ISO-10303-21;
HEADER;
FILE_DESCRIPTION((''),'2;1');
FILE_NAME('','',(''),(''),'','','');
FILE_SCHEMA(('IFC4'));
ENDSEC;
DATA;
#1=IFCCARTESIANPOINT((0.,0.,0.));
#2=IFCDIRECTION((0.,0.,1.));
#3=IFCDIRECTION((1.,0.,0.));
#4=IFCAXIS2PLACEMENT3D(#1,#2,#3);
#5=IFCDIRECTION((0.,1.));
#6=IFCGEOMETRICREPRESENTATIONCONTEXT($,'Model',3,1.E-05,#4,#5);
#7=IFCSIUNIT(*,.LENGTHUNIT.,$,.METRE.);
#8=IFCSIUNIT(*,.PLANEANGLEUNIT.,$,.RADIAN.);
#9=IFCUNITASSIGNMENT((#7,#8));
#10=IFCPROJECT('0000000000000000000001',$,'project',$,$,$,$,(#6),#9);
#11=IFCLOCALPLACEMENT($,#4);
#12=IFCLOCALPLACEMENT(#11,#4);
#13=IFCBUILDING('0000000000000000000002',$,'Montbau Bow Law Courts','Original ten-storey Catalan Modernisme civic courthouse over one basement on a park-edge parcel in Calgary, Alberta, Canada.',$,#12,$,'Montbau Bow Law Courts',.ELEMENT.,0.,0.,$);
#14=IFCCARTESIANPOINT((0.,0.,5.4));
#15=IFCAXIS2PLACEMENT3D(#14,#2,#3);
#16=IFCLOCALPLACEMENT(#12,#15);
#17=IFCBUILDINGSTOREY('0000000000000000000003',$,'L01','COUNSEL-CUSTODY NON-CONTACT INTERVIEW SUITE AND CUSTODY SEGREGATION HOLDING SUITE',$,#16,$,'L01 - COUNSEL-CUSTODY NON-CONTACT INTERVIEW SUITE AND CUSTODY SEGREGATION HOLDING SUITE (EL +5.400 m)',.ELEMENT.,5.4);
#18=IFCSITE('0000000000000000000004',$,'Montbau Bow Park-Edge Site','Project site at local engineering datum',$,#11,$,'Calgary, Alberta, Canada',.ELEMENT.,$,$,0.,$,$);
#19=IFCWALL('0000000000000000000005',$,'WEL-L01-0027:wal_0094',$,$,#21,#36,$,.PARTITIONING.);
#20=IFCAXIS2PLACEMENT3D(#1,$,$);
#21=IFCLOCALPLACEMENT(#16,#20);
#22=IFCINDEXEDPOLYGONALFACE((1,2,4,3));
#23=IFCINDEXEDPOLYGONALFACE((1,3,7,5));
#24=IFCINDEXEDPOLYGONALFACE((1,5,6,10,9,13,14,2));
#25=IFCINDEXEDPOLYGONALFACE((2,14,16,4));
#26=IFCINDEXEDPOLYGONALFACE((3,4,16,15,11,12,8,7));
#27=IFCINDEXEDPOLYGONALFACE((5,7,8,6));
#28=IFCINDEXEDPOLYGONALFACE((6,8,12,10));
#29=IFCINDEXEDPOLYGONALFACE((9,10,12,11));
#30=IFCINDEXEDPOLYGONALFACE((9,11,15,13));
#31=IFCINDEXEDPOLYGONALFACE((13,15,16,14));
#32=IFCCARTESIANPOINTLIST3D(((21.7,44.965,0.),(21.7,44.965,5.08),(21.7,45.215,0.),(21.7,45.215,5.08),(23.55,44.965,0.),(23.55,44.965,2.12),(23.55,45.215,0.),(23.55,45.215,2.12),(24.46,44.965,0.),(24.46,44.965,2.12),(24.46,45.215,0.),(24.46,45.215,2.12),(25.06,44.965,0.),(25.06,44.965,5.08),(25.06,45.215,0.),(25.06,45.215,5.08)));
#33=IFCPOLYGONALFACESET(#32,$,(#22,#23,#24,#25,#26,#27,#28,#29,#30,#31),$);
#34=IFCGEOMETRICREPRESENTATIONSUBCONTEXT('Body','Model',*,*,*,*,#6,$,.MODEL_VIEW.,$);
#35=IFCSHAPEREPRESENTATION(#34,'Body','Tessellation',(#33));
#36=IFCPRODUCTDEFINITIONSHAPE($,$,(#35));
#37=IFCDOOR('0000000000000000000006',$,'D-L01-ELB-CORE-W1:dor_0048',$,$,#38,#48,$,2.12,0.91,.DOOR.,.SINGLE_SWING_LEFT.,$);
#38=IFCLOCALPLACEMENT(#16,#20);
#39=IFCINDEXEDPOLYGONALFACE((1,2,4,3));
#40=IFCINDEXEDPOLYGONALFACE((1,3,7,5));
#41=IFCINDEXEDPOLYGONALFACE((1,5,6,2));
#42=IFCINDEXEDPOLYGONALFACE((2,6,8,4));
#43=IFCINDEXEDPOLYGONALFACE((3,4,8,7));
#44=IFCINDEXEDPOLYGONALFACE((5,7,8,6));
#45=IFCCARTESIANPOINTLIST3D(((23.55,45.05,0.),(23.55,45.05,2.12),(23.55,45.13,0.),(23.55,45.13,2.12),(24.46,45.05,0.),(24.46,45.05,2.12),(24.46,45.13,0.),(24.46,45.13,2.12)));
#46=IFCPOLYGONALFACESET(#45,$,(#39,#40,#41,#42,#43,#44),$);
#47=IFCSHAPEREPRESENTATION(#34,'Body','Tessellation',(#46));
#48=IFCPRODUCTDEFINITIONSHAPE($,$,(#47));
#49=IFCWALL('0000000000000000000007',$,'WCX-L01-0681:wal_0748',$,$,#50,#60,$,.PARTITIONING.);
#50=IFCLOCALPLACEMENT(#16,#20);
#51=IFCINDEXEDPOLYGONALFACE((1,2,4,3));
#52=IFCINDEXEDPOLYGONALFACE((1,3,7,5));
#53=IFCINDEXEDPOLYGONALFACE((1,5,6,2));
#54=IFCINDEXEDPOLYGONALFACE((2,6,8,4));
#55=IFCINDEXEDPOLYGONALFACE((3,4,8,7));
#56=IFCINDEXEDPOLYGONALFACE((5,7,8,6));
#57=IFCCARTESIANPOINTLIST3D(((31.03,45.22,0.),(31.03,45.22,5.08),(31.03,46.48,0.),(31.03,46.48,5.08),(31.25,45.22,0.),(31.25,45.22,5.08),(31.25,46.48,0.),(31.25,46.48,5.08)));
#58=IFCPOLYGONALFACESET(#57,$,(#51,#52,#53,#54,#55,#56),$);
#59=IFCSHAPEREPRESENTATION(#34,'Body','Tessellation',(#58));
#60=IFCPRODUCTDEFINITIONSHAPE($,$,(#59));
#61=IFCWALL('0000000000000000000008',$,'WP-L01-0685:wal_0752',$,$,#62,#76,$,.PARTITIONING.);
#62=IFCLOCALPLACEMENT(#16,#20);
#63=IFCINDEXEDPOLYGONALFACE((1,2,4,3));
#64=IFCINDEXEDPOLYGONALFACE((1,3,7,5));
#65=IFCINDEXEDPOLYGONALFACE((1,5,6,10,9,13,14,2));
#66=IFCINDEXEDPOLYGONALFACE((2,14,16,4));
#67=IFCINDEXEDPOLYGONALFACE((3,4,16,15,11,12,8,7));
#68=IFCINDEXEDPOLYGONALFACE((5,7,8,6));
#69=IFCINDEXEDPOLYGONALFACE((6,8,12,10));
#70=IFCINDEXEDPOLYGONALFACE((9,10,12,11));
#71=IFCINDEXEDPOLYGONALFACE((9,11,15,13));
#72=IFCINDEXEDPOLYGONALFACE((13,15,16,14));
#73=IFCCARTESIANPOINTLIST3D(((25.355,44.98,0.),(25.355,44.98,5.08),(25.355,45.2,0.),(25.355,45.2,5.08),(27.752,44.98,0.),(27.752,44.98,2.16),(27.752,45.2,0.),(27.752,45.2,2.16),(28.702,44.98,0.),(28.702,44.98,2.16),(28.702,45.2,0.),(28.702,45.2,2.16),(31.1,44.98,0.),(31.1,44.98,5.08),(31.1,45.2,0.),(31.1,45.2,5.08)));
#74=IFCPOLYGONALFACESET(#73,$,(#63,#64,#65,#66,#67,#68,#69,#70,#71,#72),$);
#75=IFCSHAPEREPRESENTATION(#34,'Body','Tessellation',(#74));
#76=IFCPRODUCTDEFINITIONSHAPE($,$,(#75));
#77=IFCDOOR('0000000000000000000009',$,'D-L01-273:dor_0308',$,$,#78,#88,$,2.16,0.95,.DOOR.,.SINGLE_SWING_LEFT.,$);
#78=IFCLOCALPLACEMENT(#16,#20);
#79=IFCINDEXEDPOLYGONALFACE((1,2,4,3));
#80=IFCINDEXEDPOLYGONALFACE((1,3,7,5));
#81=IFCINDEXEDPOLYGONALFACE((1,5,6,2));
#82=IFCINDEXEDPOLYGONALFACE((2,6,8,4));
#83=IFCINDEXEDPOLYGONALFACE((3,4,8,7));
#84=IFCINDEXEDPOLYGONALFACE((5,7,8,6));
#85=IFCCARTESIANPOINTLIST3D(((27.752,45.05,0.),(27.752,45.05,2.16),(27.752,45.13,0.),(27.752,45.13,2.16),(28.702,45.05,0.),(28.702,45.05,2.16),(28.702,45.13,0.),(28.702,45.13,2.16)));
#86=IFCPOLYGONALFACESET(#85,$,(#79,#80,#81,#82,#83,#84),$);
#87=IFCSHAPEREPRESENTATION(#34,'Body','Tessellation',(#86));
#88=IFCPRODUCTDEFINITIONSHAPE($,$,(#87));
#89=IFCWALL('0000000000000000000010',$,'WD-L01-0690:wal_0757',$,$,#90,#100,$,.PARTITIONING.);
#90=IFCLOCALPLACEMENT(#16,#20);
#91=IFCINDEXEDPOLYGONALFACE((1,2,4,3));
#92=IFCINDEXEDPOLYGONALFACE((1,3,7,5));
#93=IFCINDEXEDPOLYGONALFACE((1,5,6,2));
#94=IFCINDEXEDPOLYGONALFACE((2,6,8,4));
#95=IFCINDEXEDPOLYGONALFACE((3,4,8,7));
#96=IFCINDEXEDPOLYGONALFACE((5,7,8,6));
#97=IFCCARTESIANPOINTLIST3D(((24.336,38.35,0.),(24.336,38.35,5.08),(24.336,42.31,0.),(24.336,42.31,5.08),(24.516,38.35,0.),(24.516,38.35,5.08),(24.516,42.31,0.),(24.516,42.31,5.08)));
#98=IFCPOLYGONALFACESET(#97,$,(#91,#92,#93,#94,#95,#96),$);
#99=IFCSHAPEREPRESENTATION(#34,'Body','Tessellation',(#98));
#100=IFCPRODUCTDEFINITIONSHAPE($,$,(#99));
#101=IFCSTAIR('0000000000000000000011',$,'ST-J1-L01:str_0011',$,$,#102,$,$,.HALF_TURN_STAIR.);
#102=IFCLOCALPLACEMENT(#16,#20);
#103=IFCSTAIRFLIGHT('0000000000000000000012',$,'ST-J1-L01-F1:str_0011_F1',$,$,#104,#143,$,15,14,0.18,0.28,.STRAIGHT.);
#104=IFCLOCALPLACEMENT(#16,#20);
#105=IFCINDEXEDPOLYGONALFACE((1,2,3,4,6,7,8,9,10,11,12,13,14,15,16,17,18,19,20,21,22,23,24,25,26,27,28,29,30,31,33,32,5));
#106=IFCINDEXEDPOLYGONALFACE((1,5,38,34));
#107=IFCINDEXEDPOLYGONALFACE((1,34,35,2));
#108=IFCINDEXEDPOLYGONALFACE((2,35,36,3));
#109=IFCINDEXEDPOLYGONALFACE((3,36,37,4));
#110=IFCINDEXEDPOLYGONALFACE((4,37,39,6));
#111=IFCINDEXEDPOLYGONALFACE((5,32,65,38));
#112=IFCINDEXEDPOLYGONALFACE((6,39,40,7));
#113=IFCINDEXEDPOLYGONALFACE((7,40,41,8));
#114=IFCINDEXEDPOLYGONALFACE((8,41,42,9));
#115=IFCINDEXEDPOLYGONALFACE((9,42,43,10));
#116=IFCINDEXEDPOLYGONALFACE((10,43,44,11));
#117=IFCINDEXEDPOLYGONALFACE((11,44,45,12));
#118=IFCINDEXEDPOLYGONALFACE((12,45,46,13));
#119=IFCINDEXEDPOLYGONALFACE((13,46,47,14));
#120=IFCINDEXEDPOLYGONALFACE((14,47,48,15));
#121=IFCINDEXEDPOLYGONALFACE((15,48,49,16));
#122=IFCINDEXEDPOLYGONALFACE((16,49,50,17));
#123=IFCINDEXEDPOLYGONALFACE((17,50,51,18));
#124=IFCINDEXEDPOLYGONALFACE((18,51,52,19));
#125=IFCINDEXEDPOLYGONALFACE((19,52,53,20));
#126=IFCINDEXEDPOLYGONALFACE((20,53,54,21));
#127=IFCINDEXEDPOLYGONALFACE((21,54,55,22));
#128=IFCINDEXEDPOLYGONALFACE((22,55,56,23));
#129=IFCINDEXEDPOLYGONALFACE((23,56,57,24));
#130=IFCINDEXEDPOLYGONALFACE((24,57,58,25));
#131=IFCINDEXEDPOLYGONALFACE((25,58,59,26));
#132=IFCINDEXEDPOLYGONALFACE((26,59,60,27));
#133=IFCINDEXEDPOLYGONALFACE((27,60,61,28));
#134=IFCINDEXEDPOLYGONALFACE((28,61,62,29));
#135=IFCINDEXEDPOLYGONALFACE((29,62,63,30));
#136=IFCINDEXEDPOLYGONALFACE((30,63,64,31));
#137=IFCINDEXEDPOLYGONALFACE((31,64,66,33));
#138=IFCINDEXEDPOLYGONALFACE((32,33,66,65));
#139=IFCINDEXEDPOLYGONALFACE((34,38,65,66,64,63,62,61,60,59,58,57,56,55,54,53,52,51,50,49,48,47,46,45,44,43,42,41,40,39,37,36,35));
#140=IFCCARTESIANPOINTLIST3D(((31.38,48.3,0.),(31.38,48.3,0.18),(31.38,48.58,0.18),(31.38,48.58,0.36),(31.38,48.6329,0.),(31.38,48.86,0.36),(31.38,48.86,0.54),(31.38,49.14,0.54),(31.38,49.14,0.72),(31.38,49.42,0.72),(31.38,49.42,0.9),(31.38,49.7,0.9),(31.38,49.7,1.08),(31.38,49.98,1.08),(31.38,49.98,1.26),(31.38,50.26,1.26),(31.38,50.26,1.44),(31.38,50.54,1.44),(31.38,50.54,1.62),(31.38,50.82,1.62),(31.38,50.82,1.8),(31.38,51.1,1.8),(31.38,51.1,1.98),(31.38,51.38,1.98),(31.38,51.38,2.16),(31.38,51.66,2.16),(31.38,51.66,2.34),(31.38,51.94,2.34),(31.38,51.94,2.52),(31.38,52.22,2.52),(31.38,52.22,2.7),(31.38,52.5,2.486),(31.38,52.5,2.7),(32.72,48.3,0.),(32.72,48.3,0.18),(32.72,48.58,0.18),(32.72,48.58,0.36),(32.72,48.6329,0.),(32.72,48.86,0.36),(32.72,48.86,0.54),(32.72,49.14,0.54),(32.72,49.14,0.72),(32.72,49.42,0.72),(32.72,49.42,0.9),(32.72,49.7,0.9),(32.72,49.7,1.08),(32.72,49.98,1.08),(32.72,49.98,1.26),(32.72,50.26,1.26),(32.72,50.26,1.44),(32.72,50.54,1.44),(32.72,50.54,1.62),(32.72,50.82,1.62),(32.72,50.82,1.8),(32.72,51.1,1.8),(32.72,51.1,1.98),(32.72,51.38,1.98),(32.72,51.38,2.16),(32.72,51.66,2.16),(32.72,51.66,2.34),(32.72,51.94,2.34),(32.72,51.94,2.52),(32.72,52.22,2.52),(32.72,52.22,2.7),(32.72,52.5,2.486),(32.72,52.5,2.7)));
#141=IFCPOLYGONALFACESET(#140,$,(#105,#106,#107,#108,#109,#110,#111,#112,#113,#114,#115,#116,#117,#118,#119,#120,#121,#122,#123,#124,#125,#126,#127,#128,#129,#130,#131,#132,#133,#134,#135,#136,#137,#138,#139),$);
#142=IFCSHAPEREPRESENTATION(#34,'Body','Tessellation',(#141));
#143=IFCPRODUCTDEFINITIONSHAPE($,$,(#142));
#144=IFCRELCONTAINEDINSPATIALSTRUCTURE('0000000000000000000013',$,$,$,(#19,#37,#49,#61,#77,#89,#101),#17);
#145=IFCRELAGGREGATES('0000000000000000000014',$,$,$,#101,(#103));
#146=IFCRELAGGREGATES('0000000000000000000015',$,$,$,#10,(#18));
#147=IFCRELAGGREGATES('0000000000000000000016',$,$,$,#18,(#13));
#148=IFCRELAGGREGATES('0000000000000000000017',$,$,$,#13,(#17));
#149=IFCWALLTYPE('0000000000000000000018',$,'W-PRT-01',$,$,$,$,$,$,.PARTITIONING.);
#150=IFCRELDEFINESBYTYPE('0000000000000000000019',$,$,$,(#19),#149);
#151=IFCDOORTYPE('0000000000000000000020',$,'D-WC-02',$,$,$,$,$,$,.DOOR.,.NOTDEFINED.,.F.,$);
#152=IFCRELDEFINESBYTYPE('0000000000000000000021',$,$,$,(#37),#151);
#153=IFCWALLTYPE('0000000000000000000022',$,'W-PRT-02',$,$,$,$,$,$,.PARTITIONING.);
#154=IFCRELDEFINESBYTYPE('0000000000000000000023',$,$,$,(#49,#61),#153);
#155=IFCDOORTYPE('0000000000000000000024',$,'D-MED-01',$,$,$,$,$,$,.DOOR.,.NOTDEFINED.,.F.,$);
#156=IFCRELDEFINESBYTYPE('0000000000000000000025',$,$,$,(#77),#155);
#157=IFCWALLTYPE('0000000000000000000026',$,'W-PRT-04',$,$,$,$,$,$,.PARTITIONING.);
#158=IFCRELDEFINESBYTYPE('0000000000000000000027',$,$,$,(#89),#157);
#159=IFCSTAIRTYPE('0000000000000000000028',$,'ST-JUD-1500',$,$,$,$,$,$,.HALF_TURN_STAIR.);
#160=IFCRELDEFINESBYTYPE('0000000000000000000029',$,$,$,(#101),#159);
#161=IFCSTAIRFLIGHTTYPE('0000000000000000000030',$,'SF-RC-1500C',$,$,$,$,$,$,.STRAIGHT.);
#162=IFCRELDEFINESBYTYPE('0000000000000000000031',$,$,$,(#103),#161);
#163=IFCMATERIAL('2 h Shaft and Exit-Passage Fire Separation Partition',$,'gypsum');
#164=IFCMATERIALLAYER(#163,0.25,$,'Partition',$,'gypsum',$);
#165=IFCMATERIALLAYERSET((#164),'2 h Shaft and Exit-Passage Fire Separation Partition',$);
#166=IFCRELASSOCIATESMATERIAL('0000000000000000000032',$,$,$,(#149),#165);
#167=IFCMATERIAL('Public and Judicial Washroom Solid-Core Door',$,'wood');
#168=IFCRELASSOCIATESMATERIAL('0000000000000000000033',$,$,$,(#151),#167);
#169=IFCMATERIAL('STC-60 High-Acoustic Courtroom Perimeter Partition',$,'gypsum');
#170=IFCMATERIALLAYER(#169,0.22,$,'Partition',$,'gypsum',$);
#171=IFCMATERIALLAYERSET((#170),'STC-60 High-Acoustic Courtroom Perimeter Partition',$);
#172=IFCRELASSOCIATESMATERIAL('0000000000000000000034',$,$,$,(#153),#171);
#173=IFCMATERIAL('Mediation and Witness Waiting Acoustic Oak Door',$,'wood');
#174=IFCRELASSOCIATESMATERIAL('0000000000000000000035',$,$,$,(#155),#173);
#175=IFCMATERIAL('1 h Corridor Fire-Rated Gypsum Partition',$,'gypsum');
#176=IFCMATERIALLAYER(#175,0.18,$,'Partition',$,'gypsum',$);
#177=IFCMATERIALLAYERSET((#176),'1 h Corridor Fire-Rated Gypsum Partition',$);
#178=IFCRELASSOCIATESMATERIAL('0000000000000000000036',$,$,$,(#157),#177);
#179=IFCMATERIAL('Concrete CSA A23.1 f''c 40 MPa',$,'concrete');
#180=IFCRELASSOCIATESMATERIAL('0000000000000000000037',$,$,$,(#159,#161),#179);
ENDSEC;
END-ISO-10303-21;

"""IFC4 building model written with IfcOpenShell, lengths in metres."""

from ifc_helpers import new_model, si_unit, direction, frame, frame_2d, origin_with_axes, place, context, subcontext, project, spatial, polyline, rectangle, outline, extrude, material, layer, layer_set, type_object, element, fill, aggregate, save


model = new_model("IFC4")

# Units and contexts
model_context = context("Model", 3, precision=1e-05, world=origin_with_axes(), true_north=direction((0.0, 1.0)))
body_context = subcontext(model_context, "Body", "Model", "MODEL_VIEW")
ifc_project = project(units=[si_unit("LENGTHUNIT", "METRE"), si_unit("PLANEANGLEUNIT", "RADIAN")], contexts=[model_context])

# Site, building, storey
site_placement = place(None, origin_with_axes())
site = spatial("IfcSite", under=ifc_project, at=site_placement, Name="Montbau Bow Park-Edge Site", Description="Project site at local engineering datum", LongName="Calgary, Alberta, Canada", CompositionType="ELEMENT", RefElevation=0.0)
building_placement = place(site_placement, origin_with_axes())
building = spatial("IfcBuilding", under=site, at=building_placement, Name="Montbau Bow Law Courts", Description="Original ten-storey Catalan Modernisme civic courthouse over one basement on a park-edge parcel in Calgary, Alberta, Canada.", LongName="Montbau Bow Law Courts", CompositionType="ELEMENT", ElevationOfRefHeight=0.0, ElevationOfTerrain=0.0)
storey_placement = place(building_placement, frame((0.0, 0.0, 5.4), z_axis=(0.0, 0.0, 1.0), x_axis=(1.0, 0.0, 0.0)))
storey = spatial("IfcBuildingStorey", under=building, at=storey_placement, Name="L01", Description="COUNSEL-CUSTODY NON-CONTACT INTERVIEW SUITE AND CUSTODY SEGREGATION HOLDING SUITE", LongName="L01 - COUNSEL-CUSTODY NON-CONTACT INTERVIEW SUITE AND CUSTODY SEGREGATION HOLDING SUITE (EL +5.400 m)", CompositionType="ELEMENT", Elevation=5.4)

# Shared definitions
ifc_material_1 = material(Name="Concrete CSA A23.1 f'c 40 MPa", Category="concrete")

# Shared definitions
ifc_material_2 = material(Name="2 h Shaft and Exit-Passage Fire Separation Partition", Category="gypsum")
ifc_layer_1 = layer(ifc_material_2, 0.25, Name="Partition", Category="gypsum")
ifc_layer_set_1 = layer_set([ifc_layer_1], Name="2 h Shaft and Exit-Passage Fire Separation Partition")
wall_type_1 = type_object("IfcWallType", Name="W-PRT-01", PredefinedType="PARTITIONING", material=ifc_layer_set_1)

# Wall, opening, door
wall_1_placement = place(None, frame((21.7, 45.09, 5.4), z_axis=(0.0, 0.0, 1.0), x_axis=(1.0, 0.0, 0.0)))
wall_1 = element("IfcWall", 1, at=wall_1_placement, inside=storey, type_object=wall_type_1, Name="WEL-L01-0027:wal_0094", PredefinedType="PARTITIONING", context=body_context, shape_type="SweptSolid", body=[
    extrude(rectangle(XDim=3.36, YDim=0.25, at=frame_2d((1.68, 0.0), x_axis=(1.0, 0.0))), origin_with_axes(), (0.0, 0.0, 1.0), 5.08),
])
opening_1_placement = place(None, frame((24.005, 45.09, 5.4), z_axis=(0.0, 0.0, 1.0), x_axis=(1.0, 0.0, 0.0)))
opening_1 = element("IfcOpeningElement", 2, at=opening_1_placement, cuts=wall_1, PredefinedType="OPENING", context=body_context, shape_type="SweptSolid", body=[
    extrude(rectangle(XDim=0.91, YDim=2.12, at=frame_2d((0.0, 1.06), x_axis=(1.0, 0.0))), frame((0.0, 0.135, 0.0), z_axis=(0.0, -1.0, 0.0), x_axis=(1.0, 0.0, 0.0)), (0.0, 0.0, 1.0), 0.27),
])
ifc_material_3 = material(Name="Public and Judicial Washroom Solid-Core Door", Category="wood")
door_type_1 = type_object("IfcDoorType", Name="D-WC-02", OperationType="NOTDEFINED", ParameterTakesPrecedence=False, PredefinedType="DOOR", material=ifc_material_3)
door_1_placement = place(None, frame((24.005, 45.09, 5.4), z_axis=(0.0, 0.0, 1.0), x_axis=(1.0, 0.0, 0.0)))
door_1 = element("IfcDoor", 3, at=door_1_placement, inside=storey, type_object=door_type_1, Name="D-L01-ELB-CORE-W1:dor_0048", OperationType="SINGLE_SWING_LEFT", OverallHeight=2.12, OverallWidth=0.91, PredefinedType="DOOR", context=body_context, shape_type="SweptSolid", body=[
    extrude(rectangle(XDim=0.91, YDim=2.12, at=frame_2d((0.0, 1.06), x_axis=(1.0, 0.0))), frame((0.0, 0.04, 0.0), z_axis=(0.0, -1.0, 0.0), x_axis=(1.0, 0.0, 0.0)), (0.0, 0.0, 1.0), 0.08),
])
fill(opening_1, door_1)

# Wall
ifc_material_4 = material(Name="STC-60 High-Acoustic Courtroom Perimeter Partition", Category="gypsum")
ifc_layer_2 = layer(ifc_material_4, 0.22, Name="Partition", Category="gypsum")
ifc_layer_set_2 = layer_set([ifc_layer_2], Name="STC-60 High-Acoustic Courtroom Perimeter Partition")
wall_type_2 = type_object("IfcWallType", Name="W-PRT-02", PredefinedType="PARTITIONING", material=ifc_layer_set_2)
wall_2_placement = place(None, frame((31.14, 45.22, 5.4), z_axis=(0.0, 0.0, 1.0), x_axis=(0.0, 1.0, 0.0)))
element("IfcWall", 4, at=wall_2_placement, inside=storey, type_object=wall_type_2, Name="WCX-L01-0681:wal_0748", PredefinedType="PARTITIONING", context=body_context, shape_type="SweptSolid", body=[
    extrude(rectangle(XDim=1.26, YDim=0.22, at=frame_2d((0.63, 0.0), x_axis=(1.0, 0.0))), origin_with_axes(), (0.0, 0.0, 1.0), 5.08),
])

# Wall, opening, door
wall_3_placement = place(None, frame((25.355, 45.09, 5.4), z_axis=(0.0, 0.0, 1.0), x_axis=(1.0, 0.0, 0.0)))
wall_3 = element("IfcWall", 5, at=wall_3_placement, inside=storey, type_object=wall_type_2, Name="WP-L01-0685:wal_0752", PredefinedType="PARTITIONING", context=body_context, shape_type="SweptSolid", body=[
    extrude(rectangle(XDim=5.745, YDim=0.22, at=frame_2d((2.8725, 0.0), x_axis=(1.0, 0.0))), origin_with_axes(), (0.0, 0.0, 1.0), 5.08),
])
opening_2_placement = place(None, frame((28.227, 45.09, 5.4), z_axis=(0.0, 0.0, 1.0), x_axis=(1.0, 0.0, 0.0)))
opening_2 = element("IfcOpeningElement", 6, at=opening_2_placement, cuts=wall_3, PredefinedType="OPENING", context=body_context, shape_type="SweptSolid", body=[
    extrude(rectangle(XDim=0.95, YDim=2.16, at=frame_2d((0.0, 1.08), x_axis=(1.0, 0.0))), frame((0.0, 0.12, 0.0), z_axis=(0.0, -1.0, 0.0), x_axis=(1.0, 0.0, 0.0)), (0.0, 0.0, 1.0), 0.24),
])
ifc_material_5 = material(Name="Mediation and Witness Waiting Acoustic Oak Door", Category="wood")
door_type_2 = type_object("IfcDoorType", Name="D-MED-01", OperationType="NOTDEFINED", ParameterTakesPrecedence=False, PredefinedType="DOOR", material=ifc_material_5)
door_2_placement = place(None, frame((28.227, 45.09, 5.4), z_axis=(0.0, 0.0, 1.0), x_axis=(-1.0, 0.0, 0.0)))
door_2 = element("IfcDoor", 7, at=door_2_placement, inside=storey, type_object=door_type_2, Name="D-L01-273:dor_0308", OperationType="SINGLE_SWING_LEFT", OverallHeight=2.16, OverallWidth=0.95, PredefinedType="DOOR", context=body_context, shape_type="SweptSolid", body=[
    extrude(rectangle(XDim=0.95, YDim=2.16, at=frame_2d((0.0, 1.08), x_axis=(1.0, 0.0))), frame((0.0, 0.04, 0.0), z_axis=(0.0, -1.0, 0.0), x_axis=(1.0, 0.0, 0.0)), (0.0, 0.0, 1.0), 0.08),
])
fill(opening_2, door_2)

# Wall
ifc_material_6 = material(Name="1 h Corridor Fire-Rated Gypsum Partition", Category="gypsum")
ifc_layer_3 = layer(ifc_material_6, 0.18, Name="Partition", Category="gypsum")
ifc_layer_set_3 = layer_set([ifc_layer_3], Name="1 h Corridor Fire-Rated Gypsum Partition")
wall_type_3 = type_object("IfcWallType", Name="W-PRT-04", PredefinedType="PARTITIONING", material=ifc_layer_set_3)
wall_4_placement = place(None, frame((24.426, 38.35, 5.4), z_axis=(0.0, 0.0, 1.0), x_axis=(0.0, 1.0, 0.0)))
element("IfcWall", 8, at=wall_4_placement, inside=storey, type_object=wall_type_3, Name="WD-L01-0690:wal_0757", PredefinedType="PARTITIONING", context=body_context, shape_type="SweptSolid", body=[
    extrude(rectangle(XDim=3.96, YDim=0.18, at=frame_2d((1.98, 0.0), x_axis=(1.0, 0.0))), origin_with_axes(), (0.0, 0.0, 1.0), 5.08),
])

# Stair, stair flight
stair_type_1 = type_object("IfcStairType", Name="ST-JUD-1500", PredefinedType="HALF_TURN_STAIR", material=ifc_material_1)
stair_1_placement = place(None, frame((32.05, 48.3, 5.4), z_axis=(0.0, 0.0, 1.0), x_axis=(1.0, 0.0, 0.0)))
stair_1 = element("IfcStair", 9, at=stair_1_placement, inside=storey, type_object=stair_type_1, Name="ST-J1-L01:str_0011", PredefinedType="HALF_TURN_STAIR")
stair_flight_type_1 = type_object("IfcStairFlightType", Name="SF-RC-1500C", PredefinedType="STRAIGHT", material=ifc_material_1)
stair_flight_1_placement = place(None, frame((32.05, 48.3, 5.4), z_axis=(0.0, 0.0, 1.0), x_axis=(0.0, 1.0, 0.0)))
stair_flight_1 = element("IfcStairFlight", 10, at=stair_flight_1_placement, type_object=stair_flight_type_1, Name="ST-J1-L01-F1:str_0011_F1", NumberOfRisers=15, NumberOfTreads=14, PredefinedType="STRAIGHT", RiserHeight=0.18, TreadLength=0.28, context=body_context, shape_type="SweptSolid", body=[
    extrude(outline(polyline([(0.0, 0.0), (0.0, 0.18), (0.28, 0.18), (0.28, 0.36), (0.56, 0.36), (0.56, 0.54), (0.84, 0.54), (0.84, 0.72), (1.12, 0.72), (1.12, 0.9), (1.4, 0.9), (1.4, 1.08), (1.68, 1.08), (1.68, 1.26), (1.96, 1.26), (1.96, 1.44), (2.24, 1.44), (2.24, 1.62), (2.52, 1.62), (2.52, 1.8), (2.8, 1.8), (2.8, 1.98), (3.08, 1.98), (3.08, 2.16), (3.36, 2.16), (3.36, 2.34), (3.64, 2.34), (3.64, 2.52), (3.92, 2.52), (3.92, 2.7), (4.2, 2.7), (4.2, 2.486), (0.3329, 0.0), (0.0, 0.0)])), frame((0.0, 0.67, 0.0), z_axis=(0.0, -1.0, 0.0), x_axis=(1.0, 0.0, 0.0)), (0.0, 0.0, 1.0), 1.34),
])
aggregate(stair_1, [stair_flight_1])

save(model, "model.ifc")
